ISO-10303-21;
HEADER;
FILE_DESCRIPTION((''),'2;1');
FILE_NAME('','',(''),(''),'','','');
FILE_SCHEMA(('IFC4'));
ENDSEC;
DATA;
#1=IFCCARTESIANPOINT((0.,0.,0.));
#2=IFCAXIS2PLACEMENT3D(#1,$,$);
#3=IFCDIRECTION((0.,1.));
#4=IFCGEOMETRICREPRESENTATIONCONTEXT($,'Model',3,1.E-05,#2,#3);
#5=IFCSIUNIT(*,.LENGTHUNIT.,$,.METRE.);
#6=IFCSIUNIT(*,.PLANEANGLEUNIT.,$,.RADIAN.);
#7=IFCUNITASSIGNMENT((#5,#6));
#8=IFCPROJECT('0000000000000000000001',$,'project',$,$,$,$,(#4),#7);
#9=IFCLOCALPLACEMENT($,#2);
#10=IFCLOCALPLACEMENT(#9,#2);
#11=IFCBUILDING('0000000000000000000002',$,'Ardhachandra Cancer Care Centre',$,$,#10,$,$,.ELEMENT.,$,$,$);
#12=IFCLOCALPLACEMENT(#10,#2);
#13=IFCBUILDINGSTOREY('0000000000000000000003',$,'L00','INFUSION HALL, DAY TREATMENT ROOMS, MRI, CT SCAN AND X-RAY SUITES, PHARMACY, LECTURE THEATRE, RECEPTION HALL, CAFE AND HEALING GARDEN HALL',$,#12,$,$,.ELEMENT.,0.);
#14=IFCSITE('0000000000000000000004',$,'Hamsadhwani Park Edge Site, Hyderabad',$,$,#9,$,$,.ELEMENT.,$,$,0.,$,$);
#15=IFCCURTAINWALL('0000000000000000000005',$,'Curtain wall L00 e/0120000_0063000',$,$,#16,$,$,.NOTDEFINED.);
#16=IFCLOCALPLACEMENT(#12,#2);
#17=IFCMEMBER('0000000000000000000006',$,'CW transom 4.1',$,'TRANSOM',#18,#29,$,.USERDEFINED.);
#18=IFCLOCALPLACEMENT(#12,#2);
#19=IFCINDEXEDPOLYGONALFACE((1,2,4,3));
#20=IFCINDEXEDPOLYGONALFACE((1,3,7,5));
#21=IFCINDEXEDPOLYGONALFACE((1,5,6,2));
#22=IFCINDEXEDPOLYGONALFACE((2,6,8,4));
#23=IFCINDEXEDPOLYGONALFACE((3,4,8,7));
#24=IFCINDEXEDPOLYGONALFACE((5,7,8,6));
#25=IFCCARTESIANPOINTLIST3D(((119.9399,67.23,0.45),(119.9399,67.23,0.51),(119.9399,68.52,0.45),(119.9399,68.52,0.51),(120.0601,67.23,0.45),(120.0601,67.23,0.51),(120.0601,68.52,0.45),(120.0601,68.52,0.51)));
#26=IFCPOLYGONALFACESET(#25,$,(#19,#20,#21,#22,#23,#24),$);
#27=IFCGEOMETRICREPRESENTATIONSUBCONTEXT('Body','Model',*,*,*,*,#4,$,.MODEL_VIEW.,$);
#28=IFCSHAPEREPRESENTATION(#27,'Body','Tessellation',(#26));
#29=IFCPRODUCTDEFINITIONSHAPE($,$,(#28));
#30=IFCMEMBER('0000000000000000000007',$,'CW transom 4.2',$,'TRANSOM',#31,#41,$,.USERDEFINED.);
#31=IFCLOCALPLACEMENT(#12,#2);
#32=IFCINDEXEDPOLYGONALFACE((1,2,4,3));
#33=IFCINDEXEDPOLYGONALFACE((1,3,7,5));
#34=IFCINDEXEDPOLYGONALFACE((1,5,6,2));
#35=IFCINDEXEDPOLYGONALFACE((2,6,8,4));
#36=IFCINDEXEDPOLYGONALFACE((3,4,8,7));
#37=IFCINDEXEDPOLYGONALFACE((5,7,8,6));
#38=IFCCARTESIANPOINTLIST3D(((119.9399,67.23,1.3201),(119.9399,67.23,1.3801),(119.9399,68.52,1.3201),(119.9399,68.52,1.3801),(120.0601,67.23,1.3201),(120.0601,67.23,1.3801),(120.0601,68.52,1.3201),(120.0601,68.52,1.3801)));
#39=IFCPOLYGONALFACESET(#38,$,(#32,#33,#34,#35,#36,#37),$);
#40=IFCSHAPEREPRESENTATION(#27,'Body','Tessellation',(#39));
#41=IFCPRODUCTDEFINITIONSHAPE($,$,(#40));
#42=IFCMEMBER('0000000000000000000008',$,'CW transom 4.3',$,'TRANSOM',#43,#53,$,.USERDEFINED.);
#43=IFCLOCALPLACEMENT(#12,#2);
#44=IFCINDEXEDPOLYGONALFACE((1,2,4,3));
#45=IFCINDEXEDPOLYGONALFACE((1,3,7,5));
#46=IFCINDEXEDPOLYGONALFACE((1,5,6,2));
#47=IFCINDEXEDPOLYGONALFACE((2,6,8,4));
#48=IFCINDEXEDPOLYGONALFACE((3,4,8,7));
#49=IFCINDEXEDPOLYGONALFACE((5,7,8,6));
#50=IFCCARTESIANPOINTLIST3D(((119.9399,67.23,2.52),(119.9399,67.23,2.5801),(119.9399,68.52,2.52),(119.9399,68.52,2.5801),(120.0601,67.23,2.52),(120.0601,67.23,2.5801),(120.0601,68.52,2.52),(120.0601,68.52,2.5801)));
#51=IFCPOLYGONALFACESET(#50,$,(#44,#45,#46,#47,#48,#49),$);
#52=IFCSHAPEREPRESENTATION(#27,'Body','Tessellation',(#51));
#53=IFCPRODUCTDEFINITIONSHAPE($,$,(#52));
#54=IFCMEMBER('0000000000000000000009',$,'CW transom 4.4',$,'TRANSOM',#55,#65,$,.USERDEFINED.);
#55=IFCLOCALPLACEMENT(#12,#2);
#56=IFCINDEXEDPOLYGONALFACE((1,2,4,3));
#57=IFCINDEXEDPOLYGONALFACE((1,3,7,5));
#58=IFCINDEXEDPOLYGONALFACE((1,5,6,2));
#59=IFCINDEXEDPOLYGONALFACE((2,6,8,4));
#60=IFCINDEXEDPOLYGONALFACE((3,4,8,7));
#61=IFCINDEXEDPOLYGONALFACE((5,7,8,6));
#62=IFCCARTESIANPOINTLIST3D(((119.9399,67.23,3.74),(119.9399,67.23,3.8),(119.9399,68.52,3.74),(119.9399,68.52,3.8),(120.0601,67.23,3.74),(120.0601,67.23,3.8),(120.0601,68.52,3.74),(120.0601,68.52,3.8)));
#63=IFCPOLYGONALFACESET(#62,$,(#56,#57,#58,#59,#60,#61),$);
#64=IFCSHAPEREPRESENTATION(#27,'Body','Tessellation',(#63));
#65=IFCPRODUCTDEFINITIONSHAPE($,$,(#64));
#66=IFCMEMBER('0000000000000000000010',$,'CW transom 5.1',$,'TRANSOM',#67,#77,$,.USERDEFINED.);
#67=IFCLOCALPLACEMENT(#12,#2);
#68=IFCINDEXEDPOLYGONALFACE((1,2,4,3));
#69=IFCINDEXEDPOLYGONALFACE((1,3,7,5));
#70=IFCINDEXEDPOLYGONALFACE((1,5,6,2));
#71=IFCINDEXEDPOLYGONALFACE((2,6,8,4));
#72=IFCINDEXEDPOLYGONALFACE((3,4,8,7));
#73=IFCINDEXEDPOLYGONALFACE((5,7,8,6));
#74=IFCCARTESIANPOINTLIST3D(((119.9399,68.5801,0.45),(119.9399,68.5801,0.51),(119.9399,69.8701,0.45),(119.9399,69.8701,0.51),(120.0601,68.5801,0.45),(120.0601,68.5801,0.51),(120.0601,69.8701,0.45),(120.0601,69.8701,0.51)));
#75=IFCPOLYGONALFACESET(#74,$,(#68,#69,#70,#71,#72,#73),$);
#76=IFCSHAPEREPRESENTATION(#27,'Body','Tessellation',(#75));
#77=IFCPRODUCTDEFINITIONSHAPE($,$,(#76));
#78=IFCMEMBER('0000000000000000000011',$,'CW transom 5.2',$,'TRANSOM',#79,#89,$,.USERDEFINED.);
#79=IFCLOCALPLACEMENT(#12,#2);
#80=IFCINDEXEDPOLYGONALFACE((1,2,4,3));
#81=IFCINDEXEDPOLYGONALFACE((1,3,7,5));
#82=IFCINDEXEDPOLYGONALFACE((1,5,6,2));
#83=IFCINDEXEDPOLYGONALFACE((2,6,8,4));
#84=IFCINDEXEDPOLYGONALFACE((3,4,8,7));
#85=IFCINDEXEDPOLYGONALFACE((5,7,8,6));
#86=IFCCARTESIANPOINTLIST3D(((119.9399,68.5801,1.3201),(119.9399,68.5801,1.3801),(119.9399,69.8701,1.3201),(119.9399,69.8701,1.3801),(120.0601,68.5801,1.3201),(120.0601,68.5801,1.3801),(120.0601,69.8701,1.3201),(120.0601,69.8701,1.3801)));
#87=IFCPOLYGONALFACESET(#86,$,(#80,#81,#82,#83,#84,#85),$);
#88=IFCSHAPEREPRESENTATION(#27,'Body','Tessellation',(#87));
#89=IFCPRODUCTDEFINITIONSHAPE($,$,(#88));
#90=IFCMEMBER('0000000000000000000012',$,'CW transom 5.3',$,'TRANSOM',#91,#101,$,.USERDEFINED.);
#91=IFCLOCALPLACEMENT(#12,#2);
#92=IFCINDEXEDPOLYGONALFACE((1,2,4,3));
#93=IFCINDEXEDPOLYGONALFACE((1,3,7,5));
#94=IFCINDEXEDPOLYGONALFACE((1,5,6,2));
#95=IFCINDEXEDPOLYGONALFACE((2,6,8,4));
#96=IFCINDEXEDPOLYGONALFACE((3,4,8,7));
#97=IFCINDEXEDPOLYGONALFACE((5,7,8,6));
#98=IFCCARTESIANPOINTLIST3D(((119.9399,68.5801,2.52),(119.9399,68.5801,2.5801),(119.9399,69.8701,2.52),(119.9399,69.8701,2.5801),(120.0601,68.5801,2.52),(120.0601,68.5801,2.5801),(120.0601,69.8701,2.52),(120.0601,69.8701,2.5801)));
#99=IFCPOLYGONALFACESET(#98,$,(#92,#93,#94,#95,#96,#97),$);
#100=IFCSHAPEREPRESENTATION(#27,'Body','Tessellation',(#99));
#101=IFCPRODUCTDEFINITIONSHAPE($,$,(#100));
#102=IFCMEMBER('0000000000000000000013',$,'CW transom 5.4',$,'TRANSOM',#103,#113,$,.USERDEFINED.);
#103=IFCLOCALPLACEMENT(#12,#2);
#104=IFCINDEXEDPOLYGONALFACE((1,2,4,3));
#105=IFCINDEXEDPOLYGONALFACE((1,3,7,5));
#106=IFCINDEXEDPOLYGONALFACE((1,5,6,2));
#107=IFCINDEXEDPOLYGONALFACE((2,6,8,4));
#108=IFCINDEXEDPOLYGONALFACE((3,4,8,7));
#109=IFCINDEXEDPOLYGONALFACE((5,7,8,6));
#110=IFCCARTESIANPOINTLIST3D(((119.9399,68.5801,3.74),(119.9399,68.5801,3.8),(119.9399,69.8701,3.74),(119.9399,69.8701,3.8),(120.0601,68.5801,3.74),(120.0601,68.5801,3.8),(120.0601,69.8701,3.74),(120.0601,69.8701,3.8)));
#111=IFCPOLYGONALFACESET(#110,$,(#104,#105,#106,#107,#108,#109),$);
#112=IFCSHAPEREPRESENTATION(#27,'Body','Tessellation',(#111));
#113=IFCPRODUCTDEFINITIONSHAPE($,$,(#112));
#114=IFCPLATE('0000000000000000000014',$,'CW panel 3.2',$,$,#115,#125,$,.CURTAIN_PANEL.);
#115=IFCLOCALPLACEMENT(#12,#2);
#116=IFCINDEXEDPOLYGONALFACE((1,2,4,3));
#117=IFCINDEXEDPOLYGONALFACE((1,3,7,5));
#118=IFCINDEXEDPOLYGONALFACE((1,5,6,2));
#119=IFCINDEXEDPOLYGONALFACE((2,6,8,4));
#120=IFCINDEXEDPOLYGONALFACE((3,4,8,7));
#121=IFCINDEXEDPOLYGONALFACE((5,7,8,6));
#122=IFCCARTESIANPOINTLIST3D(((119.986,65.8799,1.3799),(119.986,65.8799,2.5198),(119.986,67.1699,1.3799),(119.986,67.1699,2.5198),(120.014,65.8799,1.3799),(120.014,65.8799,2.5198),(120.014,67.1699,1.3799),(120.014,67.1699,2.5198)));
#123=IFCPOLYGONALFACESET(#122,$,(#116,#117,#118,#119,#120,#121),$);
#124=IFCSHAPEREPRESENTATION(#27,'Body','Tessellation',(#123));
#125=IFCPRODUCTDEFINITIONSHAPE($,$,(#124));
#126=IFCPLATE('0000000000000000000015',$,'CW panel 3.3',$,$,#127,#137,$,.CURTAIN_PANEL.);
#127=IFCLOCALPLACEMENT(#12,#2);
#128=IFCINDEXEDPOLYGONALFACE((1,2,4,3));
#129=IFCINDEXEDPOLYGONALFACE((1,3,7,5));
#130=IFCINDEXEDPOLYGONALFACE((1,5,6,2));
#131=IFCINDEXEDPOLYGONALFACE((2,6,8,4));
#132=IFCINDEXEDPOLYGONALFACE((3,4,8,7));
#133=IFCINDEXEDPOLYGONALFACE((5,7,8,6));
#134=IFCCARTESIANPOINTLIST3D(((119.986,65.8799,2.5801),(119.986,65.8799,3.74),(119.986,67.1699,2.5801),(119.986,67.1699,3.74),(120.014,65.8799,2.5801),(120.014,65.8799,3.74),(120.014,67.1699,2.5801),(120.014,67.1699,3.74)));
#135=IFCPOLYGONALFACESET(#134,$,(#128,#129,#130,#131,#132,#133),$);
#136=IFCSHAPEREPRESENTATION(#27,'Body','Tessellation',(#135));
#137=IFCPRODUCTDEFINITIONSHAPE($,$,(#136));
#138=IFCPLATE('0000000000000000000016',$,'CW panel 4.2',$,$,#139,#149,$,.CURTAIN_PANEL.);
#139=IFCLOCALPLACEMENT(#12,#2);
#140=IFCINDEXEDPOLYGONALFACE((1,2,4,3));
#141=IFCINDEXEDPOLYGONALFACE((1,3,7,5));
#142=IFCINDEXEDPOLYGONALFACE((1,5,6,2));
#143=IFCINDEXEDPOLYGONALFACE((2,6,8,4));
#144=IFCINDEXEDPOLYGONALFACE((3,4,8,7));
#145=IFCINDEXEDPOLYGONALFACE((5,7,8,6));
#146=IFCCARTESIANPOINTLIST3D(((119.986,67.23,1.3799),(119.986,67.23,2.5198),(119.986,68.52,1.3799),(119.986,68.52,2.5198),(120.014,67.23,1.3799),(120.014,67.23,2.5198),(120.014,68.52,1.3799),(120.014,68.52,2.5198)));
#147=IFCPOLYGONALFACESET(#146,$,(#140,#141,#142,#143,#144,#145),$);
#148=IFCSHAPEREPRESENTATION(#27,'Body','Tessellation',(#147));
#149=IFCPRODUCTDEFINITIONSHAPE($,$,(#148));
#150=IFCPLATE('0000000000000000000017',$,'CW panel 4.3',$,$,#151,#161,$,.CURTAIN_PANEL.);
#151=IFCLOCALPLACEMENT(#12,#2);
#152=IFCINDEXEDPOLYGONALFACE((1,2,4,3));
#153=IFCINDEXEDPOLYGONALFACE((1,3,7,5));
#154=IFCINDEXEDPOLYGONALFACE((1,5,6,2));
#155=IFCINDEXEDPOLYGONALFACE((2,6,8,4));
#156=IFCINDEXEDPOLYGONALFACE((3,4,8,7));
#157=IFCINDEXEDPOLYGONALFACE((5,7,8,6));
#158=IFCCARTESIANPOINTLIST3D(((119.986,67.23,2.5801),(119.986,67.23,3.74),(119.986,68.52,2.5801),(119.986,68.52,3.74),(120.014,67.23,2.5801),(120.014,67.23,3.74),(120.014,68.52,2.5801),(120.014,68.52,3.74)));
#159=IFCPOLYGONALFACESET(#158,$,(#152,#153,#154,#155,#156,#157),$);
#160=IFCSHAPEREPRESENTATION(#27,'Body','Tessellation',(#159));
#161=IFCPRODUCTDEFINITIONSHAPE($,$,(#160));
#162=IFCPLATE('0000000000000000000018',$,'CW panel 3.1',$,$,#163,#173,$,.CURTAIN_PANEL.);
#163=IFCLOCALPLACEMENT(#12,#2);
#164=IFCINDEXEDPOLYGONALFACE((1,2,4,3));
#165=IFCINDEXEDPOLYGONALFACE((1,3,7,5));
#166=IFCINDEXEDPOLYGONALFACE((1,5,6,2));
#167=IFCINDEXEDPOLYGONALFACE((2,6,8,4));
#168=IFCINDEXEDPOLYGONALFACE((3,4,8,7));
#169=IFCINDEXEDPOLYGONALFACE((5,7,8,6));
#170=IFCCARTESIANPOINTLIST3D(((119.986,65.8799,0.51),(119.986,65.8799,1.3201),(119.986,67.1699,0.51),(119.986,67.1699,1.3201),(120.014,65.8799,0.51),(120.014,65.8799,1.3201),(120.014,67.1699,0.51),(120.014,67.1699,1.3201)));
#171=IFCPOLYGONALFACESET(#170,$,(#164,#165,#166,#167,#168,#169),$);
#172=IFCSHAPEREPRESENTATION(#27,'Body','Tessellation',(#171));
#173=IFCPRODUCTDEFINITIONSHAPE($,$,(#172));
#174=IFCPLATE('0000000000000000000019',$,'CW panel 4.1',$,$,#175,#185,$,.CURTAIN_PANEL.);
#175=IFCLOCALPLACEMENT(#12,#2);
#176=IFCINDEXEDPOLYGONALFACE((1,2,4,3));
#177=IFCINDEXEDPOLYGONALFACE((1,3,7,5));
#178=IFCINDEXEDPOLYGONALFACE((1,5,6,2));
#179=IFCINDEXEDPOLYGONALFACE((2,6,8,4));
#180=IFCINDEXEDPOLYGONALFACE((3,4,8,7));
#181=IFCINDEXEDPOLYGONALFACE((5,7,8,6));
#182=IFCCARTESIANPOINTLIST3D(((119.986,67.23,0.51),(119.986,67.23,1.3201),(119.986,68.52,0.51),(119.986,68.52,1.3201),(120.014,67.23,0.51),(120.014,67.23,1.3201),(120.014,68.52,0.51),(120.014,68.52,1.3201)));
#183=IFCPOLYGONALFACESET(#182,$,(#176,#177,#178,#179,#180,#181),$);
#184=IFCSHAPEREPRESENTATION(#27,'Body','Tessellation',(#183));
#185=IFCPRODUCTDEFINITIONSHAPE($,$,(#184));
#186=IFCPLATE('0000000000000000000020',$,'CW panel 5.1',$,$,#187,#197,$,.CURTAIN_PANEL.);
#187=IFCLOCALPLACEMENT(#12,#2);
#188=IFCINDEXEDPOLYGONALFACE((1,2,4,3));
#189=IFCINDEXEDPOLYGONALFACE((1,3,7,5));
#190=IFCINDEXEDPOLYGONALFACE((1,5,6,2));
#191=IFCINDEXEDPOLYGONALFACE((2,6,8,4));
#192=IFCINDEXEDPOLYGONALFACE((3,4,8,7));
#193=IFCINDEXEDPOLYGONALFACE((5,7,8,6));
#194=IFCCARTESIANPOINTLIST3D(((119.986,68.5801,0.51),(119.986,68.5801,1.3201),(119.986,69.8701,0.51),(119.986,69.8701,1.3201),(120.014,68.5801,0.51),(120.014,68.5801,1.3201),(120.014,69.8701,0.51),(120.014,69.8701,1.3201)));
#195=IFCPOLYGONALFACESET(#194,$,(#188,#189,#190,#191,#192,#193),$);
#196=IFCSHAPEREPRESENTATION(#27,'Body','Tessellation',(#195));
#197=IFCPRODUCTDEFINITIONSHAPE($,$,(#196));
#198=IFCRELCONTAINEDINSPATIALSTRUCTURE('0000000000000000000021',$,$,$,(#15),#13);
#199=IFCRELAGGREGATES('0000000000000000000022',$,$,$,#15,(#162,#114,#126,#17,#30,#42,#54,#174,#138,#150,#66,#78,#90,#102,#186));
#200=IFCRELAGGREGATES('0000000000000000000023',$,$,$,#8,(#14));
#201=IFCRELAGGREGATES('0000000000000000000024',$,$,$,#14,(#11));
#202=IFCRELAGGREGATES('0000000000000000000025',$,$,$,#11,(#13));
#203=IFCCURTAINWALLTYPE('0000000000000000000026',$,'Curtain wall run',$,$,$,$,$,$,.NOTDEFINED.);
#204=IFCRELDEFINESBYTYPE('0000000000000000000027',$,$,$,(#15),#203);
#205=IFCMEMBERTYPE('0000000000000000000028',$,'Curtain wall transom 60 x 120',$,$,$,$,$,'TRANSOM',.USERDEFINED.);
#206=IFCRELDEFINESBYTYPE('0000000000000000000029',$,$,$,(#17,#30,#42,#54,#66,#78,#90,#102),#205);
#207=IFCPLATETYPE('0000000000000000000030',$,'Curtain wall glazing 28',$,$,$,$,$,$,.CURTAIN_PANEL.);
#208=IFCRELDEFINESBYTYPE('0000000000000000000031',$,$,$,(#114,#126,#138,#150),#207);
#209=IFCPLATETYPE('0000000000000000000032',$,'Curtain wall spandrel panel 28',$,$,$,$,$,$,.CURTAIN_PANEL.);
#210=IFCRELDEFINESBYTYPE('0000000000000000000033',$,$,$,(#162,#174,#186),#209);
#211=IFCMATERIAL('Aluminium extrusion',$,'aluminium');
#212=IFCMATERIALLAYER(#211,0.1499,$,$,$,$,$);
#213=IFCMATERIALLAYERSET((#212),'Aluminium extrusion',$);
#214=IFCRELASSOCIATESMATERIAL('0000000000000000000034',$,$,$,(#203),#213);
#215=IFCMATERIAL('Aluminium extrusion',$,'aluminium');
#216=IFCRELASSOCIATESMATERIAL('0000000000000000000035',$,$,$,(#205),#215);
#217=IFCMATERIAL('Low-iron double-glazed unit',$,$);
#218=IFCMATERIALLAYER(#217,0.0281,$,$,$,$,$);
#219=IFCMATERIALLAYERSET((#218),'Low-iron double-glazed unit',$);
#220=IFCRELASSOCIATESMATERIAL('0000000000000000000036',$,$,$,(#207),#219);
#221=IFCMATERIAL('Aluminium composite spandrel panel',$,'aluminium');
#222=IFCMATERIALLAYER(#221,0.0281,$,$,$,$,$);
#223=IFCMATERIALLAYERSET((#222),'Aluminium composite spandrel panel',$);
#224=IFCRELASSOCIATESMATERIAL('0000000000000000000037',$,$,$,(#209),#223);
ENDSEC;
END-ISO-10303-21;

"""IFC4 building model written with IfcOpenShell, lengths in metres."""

from ifc_helpers import new_model, si_unit, direction, frame, origin, origin_2d, place, context, subcontext, project, spatial, rectangle, extrude, material, layer, layer_set, material_profile, profile_set, type_object, element, aggregate, save


model = new_model("IFC4")

# Units and contexts
model_context = context("Model", 3, precision=1e-05, world=origin(), true_north=direction((0.0, 1.0)))
body_context = subcontext(model_context, "Body", "Model", "MODEL_VIEW")
ifc_project = project(units=[si_unit("LENGTHUNIT", "METRE"), si_unit("PLANEANGLEUNIT", "RADIAN")], contexts=[model_context])

# Site, building, storey
site_placement = place(None, origin())
site = spatial("IfcSite", under=ifc_project, at=site_placement, Name="Hamsadhwani Park Edge Site, Hyderabad", CompositionType="ELEMENT", RefElevation=0.0)
building_placement = place(site_placement, origin())
building = spatial("IfcBuilding", under=site, at=building_placement, Name="Ardhachandra Cancer Care Centre", CompositionType="ELEMENT")
storey_placement = place(building_placement, origin())
storey = spatial("IfcBuildingStorey", under=building, at=storey_placement, Name="L00", Description="INFUSION HALL, DAY TREATMENT ROOMS, MRI, CT SCAN AND X-RAY SUITES, PHARMACY, LECTURE THEATRE, RECEPTION HALL, CAFE AND HEALING GARDEN HALL", CompositionType="ELEMENT", Elevation=0.0)

# Curtain wall, members, plates
ifc_material_1 = material(Name="Aluminium extrusion", Category="aluminium")
ifc_layer_1 = layer(ifc_material_1, 0.1499)
ifc_layer_set_1 = layer_set([ifc_layer_1], Name="Aluminium extrusion")
curtain_wall_type = type_object("IfcCurtainWallType", Name="Curtain wall run", PredefinedType="NOTDEFINED", material=ifc_layer_set_1)
curtain_wall_placement = place(storey_placement, origin())
curtain_wall = element("IfcCurtainWall", 1, at=curtain_wall_placement, inside=storey, type_object=curtain_wall_type, Name="Curtain wall L00 e/0120000_0063000", PredefinedType="NOTDEFINED")
ifc_material_2 = material(Name="Aluminium extrusion", Category="aluminium")
ifc_material_profile_1 = material_profile(ifc_material_2, rectangle(XDim=0.1201, YDim=0.0601, at=origin_2d()), Name="Curtain wall transom 60 x 120")
ifc_profile_set_1 = profile_set([ifc_material_profile_1], Name="Aluminium extrusion")
member_type_1 = type_object("IfcMemberType", Name="Curtain wall transom 60 x 120", ElementType="TRANSOM", PredefinedType="USERDEFINED", material=ifc_profile_set_1)
member_1_placement = place(storey_placement, frame((120.0, 67.23, 0.48), z_axis=(0.0, 1.0, 0.0), x_axis=(-1.0, 0.0, 0.0)))
member_1 = element("IfcMember", 2, at=member_1_placement, type_object=member_type_1, Name="CW transom 4.1", ObjectType="TRANSOM", PredefinedType="USERDEFINED", context=body_context, shape_type="SweptSolid", body=[
    extrude(rectangle(XDim=0.1201, YDim=0.0601, at=origin_2d()), origin(), (0.0, 0.0, 1.0), 1.29),
])
member_2_placement = place(storey_placement, frame((120.0, 67.23, 1.3501), z_axis=(0.0, 1.0, 0.0), x_axis=(-1.0, 0.0, 0.0)))
member_2 = element("IfcMember", 3, at=member_2_placement, type_object=member_type_1, Name="CW transom 4.2", ObjectType="TRANSOM", PredefinedType="USERDEFINED", context=body_context, shape_type="SweptSolid", body=[
    extrude(rectangle(XDim=0.1201, YDim=0.0601, at=origin_2d()), origin(), (0.0, 0.0, 1.0), 1.29),
])
member_3_placement = place(storey_placement, frame((120.0, 67.23, 2.55), z_axis=(0.0, 1.0, 0.0), x_axis=(-1.0, 0.0, 0.0)))
member_3 = element("IfcMember", 4, at=member_3_placement, type_object=member_type_1, Name="CW transom 4.3", ObjectType="TRANSOM", PredefinedType="USERDEFINED", context=body_context, shape_type="SweptSolid", body=[
    extrude(rectangle(XDim=0.1201, YDim=0.0601, at=origin_2d()), origin(), (0.0, 0.0, 1.0), 1.29),
])
member_4_placement = place(storey_placement, frame((120.0, 67.23, 3.77), z_axis=(0.0, 1.0, 0.0), x_axis=(-1.0, 0.0, 0.0)))
member_4 = element("IfcMember", 5, at=member_4_placement, type_object=member_type_1, Name="CW transom 4.4", ObjectType="TRANSOM", PredefinedType="USERDEFINED", context=body_context, shape_type="SweptSolid", body=[
    extrude(rectangle(XDim=0.1201, YDim=0.0601, at=origin_2d()), origin(), (0.0, 0.0, 1.0), 1.29),
])
member_5_placement = place(storey_placement, frame((120.0, 68.5801, 0.48), z_axis=(0.0, 1.0, 0.0), x_axis=(-1.0, 0.0, 0.0)))
member_5 = element("IfcMember", 6, at=member_5_placement, type_object=member_type_1, Name="CW transom 5.1", ObjectType="TRANSOM", PredefinedType="USERDEFINED", context=body_context, shape_type="SweptSolid", body=[
    extrude(rectangle(XDim=0.1201, YDim=0.0601, at=origin_2d()), origin(), (0.0, 0.0, 1.0), 1.29),
])
member_6_placement = place(storey_placement, frame((120.0, 68.5801, 1.3501), z_axis=(0.0, 1.0, 0.0), x_axis=(-1.0, 0.0, 0.0)))
member_6 = element("IfcMember", 7, at=member_6_placement, type_object=member_type_1, Name="CW transom 5.2", ObjectType="TRANSOM", PredefinedType="USERDEFINED", context=body_context, shape_type="SweptSolid", body=[
    extrude(rectangle(XDim=0.1201, YDim=0.0601, at=origin_2d()), origin(), (0.0, 0.0, 1.0), 1.29),
])
member_7_placement = place(storey_placement, frame((120.0, 68.5801, 2.55), z_axis=(0.0, 1.0, 0.0), x_axis=(-1.0, 0.0, 0.0)))
member_7 = element("IfcMember", 8, at=member_7_placement, type_object=member_type_1, Name="CW transom 5.3", ObjectType="TRANSOM", PredefinedType="USERDEFINED", context=body_context, shape_type="SweptSolid", body=[
    extrude(rectangle(XDim=0.1201, YDim=0.0601, at=origin_2d()), origin(), (0.0, 0.0, 1.0), 1.29),
])
member_8_placement = place(storey_placement, frame((120.0, 68.5801, 3.77), z_axis=(0.0, 1.0, 0.0), x_axis=(-1.0, 0.0, 0.0)))
member_8 = element("IfcMember", 9, at=member_8_placement, type_object=member_type_1, Name="CW transom 5.4", ObjectType="TRANSOM", PredefinedType="USERDEFINED", context=body_context, shape_type="SweptSolid", body=[
    extrude(rectangle(XDim=0.1201, YDim=0.0601, at=origin_2d()), origin(), (0.0, 0.0, 1.0), 1.29),
])
ifc_material_3 = material(Name="Low-iron double-glazed unit")
ifc_layer_2 = layer(ifc_material_3, 0.0281)
ifc_layer_set_2 = layer_set([ifc_layer_2], Name="Low-iron double-glazed unit")
plate_type_1 = type_object("IfcPlateType", Name="Curtain wall glazing 28", PredefinedType="CURTAIN_PANEL", material=ifc_layer_set_2)
plate_1_placement = place(storey_placement, frame((120.0, 66.5249, 1.3799), z_axis=(0.0, 0.0, 1.0), x_axis=(0.0, 1.0, 0.0)))
plate_1 = element("IfcPlate", 10, at=plate_1_placement, type_object=plate_type_1, Name="CW panel 3.2", PredefinedType="CURTAIN_PANEL", context=body_context, shape_type="SweptSolid", body=[
    extrude(rectangle(XDim=1.29, YDim=0.0281, at=origin_2d()), origin(), (0.0, 0.0, 1.0), 1.1399),
])
plate_2_placement = place(storey_placement, frame((120.0, 66.5249, 2.5801), z_axis=(0.0, 0.0, 1.0), x_axis=(0.0, 1.0, 0.0)))
plate_2 = element("IfcPlate", 11, at=plate_2_placement, type_object=plate_type_1, Name="CW panel 3.3", PredefinedType="CURTAIN_PANEL", context=body_context, shape_type="SweptSolid", body=[
    extrude(rectangle(XDim=1.29, YDim=0.0281, at=origin_2d()), origin(), (0.0, 0.0, 1.0), 1.1599),
])
plate_3_placement = place(storey_placement, frame((120.0, 67.875, 1.3799), z_axis=(0.0, 0.0, 1.0), x_axis=(0.0, 1.0, 0.0)))
plate_3 = element("IfcPlate", 12, at=plate_3_placement, type_object=plate_type_1, Name="CW panel 4.2", PredefinedType="CURTAIN_PANEL", context=body_context, shape_type="SweptSolid", body=[
    extrude(rectangle(XDim=1.29, YDim=0.0281, at=origin_2d()), origin(), (0.0, 0.0, 1.0), 1.1399),
])
plate_4_placement = place(storey_placement, frame((120.0, 67.875, 2.5801), z_axis=(0.0, 0.0, 1.0), x_axis=(0.0, 1.0, 0.0)))
plate_4 = element("IfcPlate", 13, at=plate_4_placement, type_object=plate_type_1, Name="CW panel 4.3", PredefinedType="CURTAIN_PANEL", context=body_context, shape_type="SweptSolid", body=[
    extrude(rectangle(XDim=1.29, YDim=0.0281, at=origin_2d()), origin(), (0.0, 0.0, 1.0), 1.1599),
])
ifc_material_4 = material(Name="Aluminium composite spandrel panel", Category="aluminium")
ifc_layer_3 = layer(ifc_material_4, 0.0281)
ifc_layer_set_3 = layer_set([ifc_layer_3], Name="Aluminium composite spandrel panel")
plate_type_2 = type_object("IfcPlateType", Name="Curtain wall spandrel panel 28", PredefinedType="CURTAIN_PANEL", material=ifc_layer_set_3)
plate_5_placement = place(storey_placement, frame((120.0, 66.5249, 0.51), z_axis=(0.0, 0.0, 1.0), x_axis=(0.0, 1.0, 0.0)))
plate_5 = element("IfcPlate", 14, at=plate_5_placement, type_object=plate_type_2, Name="CW panel 3.1", PredefinedType="CURTAIN_PANEL", context=body_context, shape_type="SweptSolid", body=[
    extrude(rectangle(XDim=1.29, YDim=0.0281, at=origin_2d()), origin(), (0.0, 0.0, 1.0), 0.8101),
])
plate_6_placement = place(storey_placement, frame((120.0, 67.875, 0.51), z_axis=(0.0, 0.0, 1.0), x_axis=(0.0, 1.0, 0.0)))
plate_6 = element("IfcPlate", 15, at=plate_6_placement, type_object=plate_type_2, Name="CW panel 4.1", PredefinedType="CURTAIN_PANEL", context=body_context, shape_type="SweptSolid", body=[
    extrude(rectangle(XDim=1.29, YDim=0.0281, at=origin_2d()), origin(), (0.0, 0.0, 1.0), 0.8101),
])
plate_7_placement = place(storey_placement, frame((120.0, 69.2251, 0.51), z_axis=(0.0, 0.0, 1.0), x_axis=(0.0, 1.0, 0.0)))
plate_7 = element("IfcPlate", 16, at=plate_7_placement, type_object=plate_type_2, Name="CW panel 5.1", PredefinedType="CURTAIN_PANEL", context=body_context, shape_type="SweptSolid", body=[
    extrude(rectangle(XDim=1.29, YDim=0.0281, at=origin_2d()), origin(), (0.0, 0.0, 1.0), 0.8101),
])
aggregate(curtain_wall, [plate_5, plate_1, plate_2, member_1, member_2, member_3, member_4, plate_6, plate_3, plate_4, member_5, member_6, member_7, member_8, plate_7])

save(model, "model.ifc")
